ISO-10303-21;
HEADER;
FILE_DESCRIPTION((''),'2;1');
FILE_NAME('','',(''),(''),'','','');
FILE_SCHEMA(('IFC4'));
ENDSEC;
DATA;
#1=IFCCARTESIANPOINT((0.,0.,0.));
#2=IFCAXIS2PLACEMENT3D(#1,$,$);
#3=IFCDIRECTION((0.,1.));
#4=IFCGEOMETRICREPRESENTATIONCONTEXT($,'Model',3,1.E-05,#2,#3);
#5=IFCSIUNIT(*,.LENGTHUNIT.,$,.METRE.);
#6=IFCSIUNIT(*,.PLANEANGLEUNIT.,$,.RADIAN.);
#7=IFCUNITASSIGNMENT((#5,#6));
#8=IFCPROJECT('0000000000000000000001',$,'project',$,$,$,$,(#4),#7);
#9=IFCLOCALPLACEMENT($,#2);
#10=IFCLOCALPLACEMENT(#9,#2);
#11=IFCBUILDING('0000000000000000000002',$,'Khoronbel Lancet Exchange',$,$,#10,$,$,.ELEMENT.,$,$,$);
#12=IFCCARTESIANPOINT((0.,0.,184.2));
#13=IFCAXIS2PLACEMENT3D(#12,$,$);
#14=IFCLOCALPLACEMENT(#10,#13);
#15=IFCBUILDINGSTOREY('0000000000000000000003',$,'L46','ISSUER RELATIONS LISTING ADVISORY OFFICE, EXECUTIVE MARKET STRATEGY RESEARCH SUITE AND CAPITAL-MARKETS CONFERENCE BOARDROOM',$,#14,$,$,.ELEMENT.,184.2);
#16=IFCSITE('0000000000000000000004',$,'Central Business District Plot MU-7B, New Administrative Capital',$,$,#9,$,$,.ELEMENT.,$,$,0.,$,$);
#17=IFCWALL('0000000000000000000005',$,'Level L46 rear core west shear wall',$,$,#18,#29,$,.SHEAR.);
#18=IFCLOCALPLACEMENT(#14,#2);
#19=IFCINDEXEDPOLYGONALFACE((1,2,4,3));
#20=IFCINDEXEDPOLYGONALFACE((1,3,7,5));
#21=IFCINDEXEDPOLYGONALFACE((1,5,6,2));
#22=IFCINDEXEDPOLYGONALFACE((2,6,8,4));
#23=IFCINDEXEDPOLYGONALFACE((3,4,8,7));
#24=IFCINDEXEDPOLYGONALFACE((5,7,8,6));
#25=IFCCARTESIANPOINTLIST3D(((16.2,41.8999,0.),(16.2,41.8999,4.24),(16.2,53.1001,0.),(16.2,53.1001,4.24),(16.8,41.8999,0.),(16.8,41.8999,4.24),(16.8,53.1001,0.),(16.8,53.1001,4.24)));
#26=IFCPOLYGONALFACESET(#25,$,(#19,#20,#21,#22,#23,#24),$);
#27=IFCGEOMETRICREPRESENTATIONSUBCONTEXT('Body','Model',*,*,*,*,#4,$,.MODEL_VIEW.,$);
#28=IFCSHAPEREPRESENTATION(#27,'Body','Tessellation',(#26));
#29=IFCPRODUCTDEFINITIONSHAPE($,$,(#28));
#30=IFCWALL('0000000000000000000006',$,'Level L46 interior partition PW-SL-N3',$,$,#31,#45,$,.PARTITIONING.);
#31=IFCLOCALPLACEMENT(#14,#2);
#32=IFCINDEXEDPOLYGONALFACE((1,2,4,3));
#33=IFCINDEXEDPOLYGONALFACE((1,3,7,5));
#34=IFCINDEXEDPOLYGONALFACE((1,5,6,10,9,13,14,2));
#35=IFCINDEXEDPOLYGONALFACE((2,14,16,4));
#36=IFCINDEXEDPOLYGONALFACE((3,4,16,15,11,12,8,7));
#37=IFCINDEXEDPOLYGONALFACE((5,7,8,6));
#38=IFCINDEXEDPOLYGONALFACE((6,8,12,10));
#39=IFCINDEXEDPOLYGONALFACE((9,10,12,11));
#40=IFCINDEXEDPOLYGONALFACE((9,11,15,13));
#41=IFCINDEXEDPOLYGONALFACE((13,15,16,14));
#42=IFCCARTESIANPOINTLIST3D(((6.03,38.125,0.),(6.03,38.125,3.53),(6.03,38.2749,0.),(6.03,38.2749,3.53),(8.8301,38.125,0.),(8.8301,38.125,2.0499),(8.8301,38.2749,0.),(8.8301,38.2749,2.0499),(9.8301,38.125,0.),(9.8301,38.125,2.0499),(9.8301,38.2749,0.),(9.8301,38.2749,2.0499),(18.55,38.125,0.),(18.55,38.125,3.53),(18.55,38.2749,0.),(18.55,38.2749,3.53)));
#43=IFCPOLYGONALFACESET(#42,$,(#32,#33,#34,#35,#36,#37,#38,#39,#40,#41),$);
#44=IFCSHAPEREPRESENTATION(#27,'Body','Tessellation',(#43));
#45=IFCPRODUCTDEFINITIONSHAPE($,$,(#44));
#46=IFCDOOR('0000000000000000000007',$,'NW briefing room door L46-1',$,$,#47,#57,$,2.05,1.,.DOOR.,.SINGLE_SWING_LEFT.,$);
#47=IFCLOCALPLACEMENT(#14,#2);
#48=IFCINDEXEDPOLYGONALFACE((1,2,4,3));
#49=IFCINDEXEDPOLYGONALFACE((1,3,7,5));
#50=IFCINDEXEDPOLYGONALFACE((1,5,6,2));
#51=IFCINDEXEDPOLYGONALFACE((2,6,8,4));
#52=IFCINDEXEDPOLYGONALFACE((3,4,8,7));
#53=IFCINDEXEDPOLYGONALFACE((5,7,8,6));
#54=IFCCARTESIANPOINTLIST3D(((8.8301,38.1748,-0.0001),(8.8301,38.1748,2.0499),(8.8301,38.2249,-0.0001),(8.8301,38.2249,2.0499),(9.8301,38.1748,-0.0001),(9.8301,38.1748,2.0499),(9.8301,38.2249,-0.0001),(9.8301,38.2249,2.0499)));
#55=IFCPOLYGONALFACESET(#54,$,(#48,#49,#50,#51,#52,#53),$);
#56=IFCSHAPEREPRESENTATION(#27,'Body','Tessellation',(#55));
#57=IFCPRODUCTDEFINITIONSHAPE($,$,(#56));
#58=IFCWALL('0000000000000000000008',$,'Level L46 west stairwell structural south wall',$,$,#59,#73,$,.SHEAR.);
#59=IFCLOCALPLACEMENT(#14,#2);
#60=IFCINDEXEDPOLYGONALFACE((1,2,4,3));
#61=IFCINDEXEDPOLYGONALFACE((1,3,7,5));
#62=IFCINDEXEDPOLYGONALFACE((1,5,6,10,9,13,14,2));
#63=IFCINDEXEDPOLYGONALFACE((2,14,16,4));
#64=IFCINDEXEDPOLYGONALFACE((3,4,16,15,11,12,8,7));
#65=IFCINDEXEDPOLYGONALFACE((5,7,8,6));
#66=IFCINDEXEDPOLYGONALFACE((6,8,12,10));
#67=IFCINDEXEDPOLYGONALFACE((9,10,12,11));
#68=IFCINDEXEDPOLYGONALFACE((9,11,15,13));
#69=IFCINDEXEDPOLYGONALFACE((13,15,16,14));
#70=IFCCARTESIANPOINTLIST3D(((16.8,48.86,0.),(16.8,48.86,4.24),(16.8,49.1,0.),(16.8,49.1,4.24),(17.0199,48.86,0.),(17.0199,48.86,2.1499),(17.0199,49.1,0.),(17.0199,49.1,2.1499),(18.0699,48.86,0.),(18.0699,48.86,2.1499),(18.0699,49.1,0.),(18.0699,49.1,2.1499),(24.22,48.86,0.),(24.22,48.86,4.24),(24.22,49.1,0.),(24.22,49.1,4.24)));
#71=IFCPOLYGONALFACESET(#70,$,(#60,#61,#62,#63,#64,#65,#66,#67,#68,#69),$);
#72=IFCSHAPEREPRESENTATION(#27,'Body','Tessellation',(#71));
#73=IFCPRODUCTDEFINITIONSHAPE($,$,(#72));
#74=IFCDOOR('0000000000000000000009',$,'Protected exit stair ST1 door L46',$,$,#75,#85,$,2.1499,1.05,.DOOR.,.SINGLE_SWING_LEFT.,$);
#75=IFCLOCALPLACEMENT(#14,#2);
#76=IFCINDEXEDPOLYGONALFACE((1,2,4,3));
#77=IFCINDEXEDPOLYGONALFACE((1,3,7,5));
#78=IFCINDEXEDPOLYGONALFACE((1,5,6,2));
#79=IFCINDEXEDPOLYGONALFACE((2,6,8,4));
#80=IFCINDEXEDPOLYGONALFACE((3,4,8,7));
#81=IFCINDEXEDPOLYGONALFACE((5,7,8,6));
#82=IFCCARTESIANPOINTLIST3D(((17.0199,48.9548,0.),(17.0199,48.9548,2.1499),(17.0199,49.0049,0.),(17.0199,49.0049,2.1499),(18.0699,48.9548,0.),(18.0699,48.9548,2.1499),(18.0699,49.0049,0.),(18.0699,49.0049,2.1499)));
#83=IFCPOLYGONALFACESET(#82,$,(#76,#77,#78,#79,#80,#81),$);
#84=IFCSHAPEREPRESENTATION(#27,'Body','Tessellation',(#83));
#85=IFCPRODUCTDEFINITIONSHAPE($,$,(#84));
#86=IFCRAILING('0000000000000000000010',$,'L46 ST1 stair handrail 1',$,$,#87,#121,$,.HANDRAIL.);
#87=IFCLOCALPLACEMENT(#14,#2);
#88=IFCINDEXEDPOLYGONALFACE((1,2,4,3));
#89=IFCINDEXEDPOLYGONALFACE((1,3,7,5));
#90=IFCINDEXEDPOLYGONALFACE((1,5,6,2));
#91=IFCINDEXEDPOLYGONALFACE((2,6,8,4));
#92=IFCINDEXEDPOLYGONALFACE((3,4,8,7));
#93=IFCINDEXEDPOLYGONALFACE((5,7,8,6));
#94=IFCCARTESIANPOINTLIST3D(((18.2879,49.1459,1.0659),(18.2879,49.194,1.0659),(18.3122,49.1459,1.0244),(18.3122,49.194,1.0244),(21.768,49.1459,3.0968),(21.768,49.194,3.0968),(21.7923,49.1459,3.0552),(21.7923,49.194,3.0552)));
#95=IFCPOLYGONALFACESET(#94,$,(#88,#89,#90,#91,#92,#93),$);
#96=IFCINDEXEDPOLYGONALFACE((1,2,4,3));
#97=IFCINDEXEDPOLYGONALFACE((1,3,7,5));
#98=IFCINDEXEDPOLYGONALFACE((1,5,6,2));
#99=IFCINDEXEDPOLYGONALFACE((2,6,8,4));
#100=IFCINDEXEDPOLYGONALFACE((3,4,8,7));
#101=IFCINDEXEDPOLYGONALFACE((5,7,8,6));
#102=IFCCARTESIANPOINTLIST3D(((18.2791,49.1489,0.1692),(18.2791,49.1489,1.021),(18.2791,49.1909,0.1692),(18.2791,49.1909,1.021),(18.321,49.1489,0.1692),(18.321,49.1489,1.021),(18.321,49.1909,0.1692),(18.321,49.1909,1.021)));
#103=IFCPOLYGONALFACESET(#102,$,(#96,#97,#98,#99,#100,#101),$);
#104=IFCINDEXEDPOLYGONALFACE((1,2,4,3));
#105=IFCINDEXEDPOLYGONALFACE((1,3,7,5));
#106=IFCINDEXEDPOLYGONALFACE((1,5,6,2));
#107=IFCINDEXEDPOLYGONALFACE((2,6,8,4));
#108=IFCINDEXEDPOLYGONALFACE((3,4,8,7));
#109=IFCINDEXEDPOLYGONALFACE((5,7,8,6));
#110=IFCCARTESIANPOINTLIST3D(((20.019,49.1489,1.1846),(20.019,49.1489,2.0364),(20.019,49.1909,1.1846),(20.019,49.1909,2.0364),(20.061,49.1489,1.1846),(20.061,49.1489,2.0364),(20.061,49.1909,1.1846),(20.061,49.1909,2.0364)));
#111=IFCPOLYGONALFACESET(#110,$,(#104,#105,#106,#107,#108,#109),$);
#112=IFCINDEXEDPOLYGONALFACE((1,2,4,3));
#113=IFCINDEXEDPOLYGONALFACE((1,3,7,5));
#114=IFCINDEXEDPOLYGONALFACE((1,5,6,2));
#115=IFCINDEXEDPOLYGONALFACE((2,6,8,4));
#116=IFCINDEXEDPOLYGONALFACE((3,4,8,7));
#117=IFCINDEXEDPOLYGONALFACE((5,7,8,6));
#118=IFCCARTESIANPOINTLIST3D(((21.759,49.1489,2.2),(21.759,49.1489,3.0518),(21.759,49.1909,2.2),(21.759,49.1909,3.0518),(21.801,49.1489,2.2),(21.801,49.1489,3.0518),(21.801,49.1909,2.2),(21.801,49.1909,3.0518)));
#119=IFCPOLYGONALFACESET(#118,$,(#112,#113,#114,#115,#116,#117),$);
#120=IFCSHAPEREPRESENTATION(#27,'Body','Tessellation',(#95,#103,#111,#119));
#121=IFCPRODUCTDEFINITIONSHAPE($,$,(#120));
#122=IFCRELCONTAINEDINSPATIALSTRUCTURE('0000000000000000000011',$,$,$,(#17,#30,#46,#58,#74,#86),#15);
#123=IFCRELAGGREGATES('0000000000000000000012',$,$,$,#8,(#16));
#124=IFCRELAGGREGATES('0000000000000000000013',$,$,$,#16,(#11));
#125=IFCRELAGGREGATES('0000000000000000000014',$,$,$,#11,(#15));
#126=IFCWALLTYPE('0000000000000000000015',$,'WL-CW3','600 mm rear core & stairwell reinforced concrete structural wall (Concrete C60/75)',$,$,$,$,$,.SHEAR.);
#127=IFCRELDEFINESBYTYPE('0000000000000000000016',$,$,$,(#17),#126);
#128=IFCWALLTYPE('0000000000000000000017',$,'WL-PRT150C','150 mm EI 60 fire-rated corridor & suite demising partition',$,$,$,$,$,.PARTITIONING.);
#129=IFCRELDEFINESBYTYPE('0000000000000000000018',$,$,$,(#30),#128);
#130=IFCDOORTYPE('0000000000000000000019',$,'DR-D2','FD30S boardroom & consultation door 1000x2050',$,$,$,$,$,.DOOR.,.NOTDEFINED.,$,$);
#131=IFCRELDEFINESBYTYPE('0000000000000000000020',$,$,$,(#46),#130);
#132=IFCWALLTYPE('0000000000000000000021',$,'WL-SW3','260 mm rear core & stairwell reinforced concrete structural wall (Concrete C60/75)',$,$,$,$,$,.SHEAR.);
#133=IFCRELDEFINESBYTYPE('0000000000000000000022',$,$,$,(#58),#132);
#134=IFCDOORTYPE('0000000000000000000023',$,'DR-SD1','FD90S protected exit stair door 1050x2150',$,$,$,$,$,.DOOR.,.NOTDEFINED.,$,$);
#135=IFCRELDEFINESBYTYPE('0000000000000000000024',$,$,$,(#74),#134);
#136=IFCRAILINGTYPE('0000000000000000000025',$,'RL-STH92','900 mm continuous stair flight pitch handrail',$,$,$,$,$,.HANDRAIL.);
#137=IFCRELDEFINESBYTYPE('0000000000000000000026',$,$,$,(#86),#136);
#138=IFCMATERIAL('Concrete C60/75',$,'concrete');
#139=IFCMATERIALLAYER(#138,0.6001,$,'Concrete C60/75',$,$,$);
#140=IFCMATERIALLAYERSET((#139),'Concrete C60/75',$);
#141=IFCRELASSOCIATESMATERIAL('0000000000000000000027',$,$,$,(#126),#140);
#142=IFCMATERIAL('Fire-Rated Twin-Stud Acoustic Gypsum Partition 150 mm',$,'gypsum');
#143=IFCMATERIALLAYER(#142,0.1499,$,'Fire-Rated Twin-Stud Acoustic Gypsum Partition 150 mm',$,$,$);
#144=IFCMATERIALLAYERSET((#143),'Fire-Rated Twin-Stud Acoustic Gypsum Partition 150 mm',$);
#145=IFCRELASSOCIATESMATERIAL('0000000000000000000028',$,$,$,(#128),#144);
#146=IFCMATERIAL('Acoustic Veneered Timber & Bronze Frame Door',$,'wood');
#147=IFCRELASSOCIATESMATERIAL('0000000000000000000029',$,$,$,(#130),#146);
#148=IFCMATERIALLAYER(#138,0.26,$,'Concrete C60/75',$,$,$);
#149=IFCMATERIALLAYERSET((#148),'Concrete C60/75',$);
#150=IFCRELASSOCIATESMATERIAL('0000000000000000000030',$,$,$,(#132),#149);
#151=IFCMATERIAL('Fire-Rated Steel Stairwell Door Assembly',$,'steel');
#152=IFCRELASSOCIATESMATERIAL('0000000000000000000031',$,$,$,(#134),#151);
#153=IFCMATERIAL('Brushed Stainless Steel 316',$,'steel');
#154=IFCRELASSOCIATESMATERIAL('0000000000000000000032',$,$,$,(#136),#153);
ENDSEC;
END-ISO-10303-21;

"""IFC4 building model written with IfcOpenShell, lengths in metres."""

from ifc_helpers import new_model, si_unit, direction, frame, frame_2d, origin, origin_2d, place, context, subcontext, project, spatial, rectangle, extrude, material, layer, layer_set, type_object, element, fill, save


model = new_model("IFC4")

# Units and contexts
model_context = context("Model", 3, precision=1e-05, world=origin(), true_north=direction((0.0, 1.0)))
body_context = subcontext(model_context, "Body", "Model", "MODEL_VIEW")
ifc_project = project(units=[si_unit("LENGTHUNIT", "METRE"), si_unit("PLANEANGLEUNIT", "RADIAN")], contexts=[model_context])

# Site, building, storey
site_placement = place(None, origin())
site = spatial("IfcSite", under=ifc_project, at=site_placement, Name="Central Business District Plot MU-7B, New Administrative Capital", CompositionType="ELEMENT", RefElevation=0.0)
building_placement = place(site_placement, origin())
building = spatial("IfcBuilding", under=site, at=building_placement, Name="Khoronbel Lancet Exchange", CompositionType="ELEMENT")
storey_placement = place(building_placement, frame((0.0, 0.0, 184.2)))
storey = spatial("IfcBuildingStorey", under=building, at=storey_placement, Name="L46", Description="ISSUER RELATIONS LISTING ADVISORY OFFICE, EXECUTIVE MARKET STRATEGY RESEARCH SUITE AND CAPITAL-MARKETS CONFERENCE BOARDROOM", CompositionType="ELEMENT", Elevation=184.2)

# Wall
ifc_material_1 = material(Name="Concrete C60/75", Category="concrete")
ifc_layer_1 = layer(ifc_material_1, 0.6001, Name="Concrete C60/75")
ifc_layer_set_1 = layer_set([ifc_layer_1], Name="Concrete C60/75")
wall_type_1 = type_object("IfcWallType", Name="WL-CW3", Description="600 mm rear core & stairwell reinforced concrete structural wall (Concrete C60/75)", PredefinedType="SHEAR", material=ifc_layer_set_1)
wall_1_placement = place(storey_placement, frame((16.5, 41.8999, 0.0), z_axis=(0.0, 0.0, 1.0), x_axis=(0.0, 1.0, 0.0)))
element("IfcWall", 1, at=wall_1_placement, inside=storey, type_object=wall_type_1, Name="Level L46 rear core west shear wall", PredefinedType="SHEAR", context=body_context, shape_type="SweptSolid", body=[
    extrude(rectangle(XDim=11.2002, YDim=0.6001, at=frame_2d((5.6001, 0.0))), origin(), (0.0, 0.0, 1.0), 4.24),
])

# Walls, openings, doors
ifc_material_2 = material(Name="Fire-Rated Twin-Stud Acoustic Gypsum Partition 150 mm", Category="gypsum")
ifc_layer_2 = layer(ifc_material_2, 0.1499, Name="Fire-Rated Twin-Stud Acoustic Gypsum Partition 150 mm")
ifc_layer_set_2 = layer_set([ifc_layer_2], Name="Fire-Rated Twin-Stud Acoustic Gypsum Partition 150 mm")
wall_type_2 = type_object("IfcWallType", Name="WL-PRT150C", Description="150 mm EI 60 fire-rated corridor & suite demising partition", PredefinedType="PARTITIONING", material=ifc_layer_set_2)
wall_2_placement = place(storey_placement, frame((6.03, 38.2, 0.0), z_axis=(0.0, 0.0, 1.0), x_axis=(1.0, 0.0, 0.0)))
wall_2 = element("IfcWall", 2, at=wall_2_placement, inside=storey, type_object=wall_type_2, Name="Level L46 interior partition PW-SL-N3", PredefinedType="PARTITIONING", context=body_context, shape_type="SweptSolid", body=[
    extrude(rectangle(XDim=12.52, YDim=0.1499, at=frame_2d((6.26, 0.0))), origin(), (0.0, 0.0, 1.0), 3.53),
])
opening_1_placement = place(wall_2_placement, frame((2.8, 0.0, 0.0)))
opening_1 = element("IfcOpeningElement", 3, at=opening_1_placement, cuts=wall_2, PredefinedType="OPENING", context=body_context, shape_type="SweptSolid", body=[
    extrude(rectangle(XDim=1.0, YDim=2.05, at=frame_2d((0.5, 1.0249))), frame((0.0, 0.085, 0.0), z_axis=(0.0, -1.0, 0.0), x_axis=(1.0, 0.0, 0.0)), (0.0, 0.0, 1.0), 0.1699),
])
ifc_material_3 = material(Name="Acoustic Veneered Timber & Bronze Frame Door", Category="wood")
door_type_1 = type_object("IfcDoorType", Name="DR-D2", Description="FD30S boardroom & consultation door 1000x2050", OperationType="NOTDEFINED", PredefinedType="DOOR", material=ifc_material_3)
door_1_placement = place(opening_1_placement, origin())
door_1 = element("IfcDoor", 4, at=door_1_placement, inside=storey, type_object=door_type_1, Name="NW briefing room door L46-1", OperationType="SINGLE_SWING_LEFT", OverallHeight=2.05, OverallWidth=1.0, PredefinedType="DOOR", context=body_context, shape_type="SweptSolid", body=[
    extrude(rectangle(XDim=1.0, YDim=2.05, at=frame_2d((0.5, 1.0249))), frame((0.0, 0.0249, 0.0), z_axis=(0.0, -1.0, 0.0), x_axis=(1.0, 0.0, 0.0)), (0.0, 0.0, 1.0), 0.05),
])
fill(opening_1, door_1)
ifc_layer_3 = layer(ifc_material_1, 0.26, Name="Concrete C60/75")
ifc_layer_set_3 = layer_set([ifc_layer_3], Name="Concrete C60/75")
wall_type_3 = type_object("IfcWallType", Name="WL-SW3", Description="260 mm rear core & stairwell reinforced concrete structural wall (Concrete C60/75)", PredefinedType="SHEAR", material=ifc_layer_set_3)
wall_3_placement = place(storey_placement, frame((16.8, 48.98, 0.0), z_axis=(0.0, 0.0, 1.0), x_axis=(1.0, 0.0, 0.0)))
wall_3 = element("IfcWall", 5, at=wall_3_placement, inside=storey, type_object=wall_type_3, Name="Level L46 west stairwell structural south wall", PredefinedType="SHEAR", context=body_context, shape_type="SweptSolid", body=[
    extrude(rectangle(XDim=7.4199, YDim=0.24, at=frame_2d((3.71, 0.0))), origin(), (0.0, 0.0, 1.0), 4.24),
])
opening_2_placement = place(wall_3_placement, frame((0.22, 0.0, 0.0)))
opening_2 = element("IfcOpeningElement", 6, at=opening_2_placement, cuts=wall_3, PredefinedType="OPENING", context=body_context, shape_type="SweptSolid", body=[
    extrude(rectangle(XDim=1.05, YDim=2.1499, at=frame_2d((0.5249, 1.075))), frame((0.0, 0.1299, 0.0), z_axis=(0.0, -1.0, 0.0), x_axis=(1.0, 0.0, 0.0)), (0.0, 0.0, 1.0), 0.26),
])
ifc_material_4 = material(Name="Fire-Rated Steel Stairwell Door Assembly", Category="steel")
door_type_2 = type_object("IfcDoorType", Name="DR-SD1", Description="FD90S protected exit stair door 1050x2150", OperationType="NOTDEFINED", PredefinedType="DOOR", material=ifc_material_4)
door_2_placement = place(opening_2_placement, origin())
door_2 = element("IfcDoor", 7, at=door_2_placement, inside=storey, type_object=door_type_2, Name="Protected exit stair ST1 door L46", OperationType="SINGLE_SWING_LEFT", OverallHeight=2.1499, OverallWidth=1.05, PredefinedType="DOOR", context=body_context, shape_type="SweptSolid", body=[
    extrude(rectangle(XDim=1.05, YDim=2.1499, at=frame_2d((0.5249, 1.075))), frame((0.0, 0.0249, 0.0), z_axis=(0.0, -1.0, 0.0), x_axis=(1.0, 0.0, 0.0)), (0.0, 0.0, 1.0), 0.05),
])
fill(opening_2, door_2)

# Railing
ifc_material_5 = material(Name="Brushed Stainless Steel 316", Category="steel")
railing_type = type_object("IfcRailingType", Name="RL-STH92", Description="900 mm continuous stair flight pitch handrail", PredefinedType="HANDRAIL", material=ifc_material_5)
railing_placement = place(storey_placement, frame((18.3, 49.1699, 0.1692)))
element("IfcRailing", 8, at=railing_placement, inside=storey, type_object=railing_type, Name="L46 ST1 stair handrail 1", PredefinedType="HANDRAIL", context=body_context, shape_type="SweptSolid", body=[
    extrude(rectangle(XDim=0.0481, YDim=0.0481, at=origin_2d()), frame((0.0, 0.0, 0.876), z_axis=(0.863695, 0.0, 0.504014), x_axis=(0.0, 1.0, 0.0)), (0.0, 0.0, 1.0), 4.0293),
    extrude(rectangle(XDim=0.042, YDim=0.042, at=origin_2d()), origin(), (0.0, 0.0, 1.0), 0.8518),
    extrude(rectangle(XDim=0.042, YDim=0.042, at=origin_2d()), frame((1.74, 0.0, 1.0154)), (0.0, 0.0, 1.0), 0.8518),
    extrude(rectangle(XDim=0.042, YDim=0.042, at=origin_2d()), frame((3.48, 0.0, 2.0308)), (0.0, 0.0, 1.0), 0.8518),
])

save(model, "model.ifc")
